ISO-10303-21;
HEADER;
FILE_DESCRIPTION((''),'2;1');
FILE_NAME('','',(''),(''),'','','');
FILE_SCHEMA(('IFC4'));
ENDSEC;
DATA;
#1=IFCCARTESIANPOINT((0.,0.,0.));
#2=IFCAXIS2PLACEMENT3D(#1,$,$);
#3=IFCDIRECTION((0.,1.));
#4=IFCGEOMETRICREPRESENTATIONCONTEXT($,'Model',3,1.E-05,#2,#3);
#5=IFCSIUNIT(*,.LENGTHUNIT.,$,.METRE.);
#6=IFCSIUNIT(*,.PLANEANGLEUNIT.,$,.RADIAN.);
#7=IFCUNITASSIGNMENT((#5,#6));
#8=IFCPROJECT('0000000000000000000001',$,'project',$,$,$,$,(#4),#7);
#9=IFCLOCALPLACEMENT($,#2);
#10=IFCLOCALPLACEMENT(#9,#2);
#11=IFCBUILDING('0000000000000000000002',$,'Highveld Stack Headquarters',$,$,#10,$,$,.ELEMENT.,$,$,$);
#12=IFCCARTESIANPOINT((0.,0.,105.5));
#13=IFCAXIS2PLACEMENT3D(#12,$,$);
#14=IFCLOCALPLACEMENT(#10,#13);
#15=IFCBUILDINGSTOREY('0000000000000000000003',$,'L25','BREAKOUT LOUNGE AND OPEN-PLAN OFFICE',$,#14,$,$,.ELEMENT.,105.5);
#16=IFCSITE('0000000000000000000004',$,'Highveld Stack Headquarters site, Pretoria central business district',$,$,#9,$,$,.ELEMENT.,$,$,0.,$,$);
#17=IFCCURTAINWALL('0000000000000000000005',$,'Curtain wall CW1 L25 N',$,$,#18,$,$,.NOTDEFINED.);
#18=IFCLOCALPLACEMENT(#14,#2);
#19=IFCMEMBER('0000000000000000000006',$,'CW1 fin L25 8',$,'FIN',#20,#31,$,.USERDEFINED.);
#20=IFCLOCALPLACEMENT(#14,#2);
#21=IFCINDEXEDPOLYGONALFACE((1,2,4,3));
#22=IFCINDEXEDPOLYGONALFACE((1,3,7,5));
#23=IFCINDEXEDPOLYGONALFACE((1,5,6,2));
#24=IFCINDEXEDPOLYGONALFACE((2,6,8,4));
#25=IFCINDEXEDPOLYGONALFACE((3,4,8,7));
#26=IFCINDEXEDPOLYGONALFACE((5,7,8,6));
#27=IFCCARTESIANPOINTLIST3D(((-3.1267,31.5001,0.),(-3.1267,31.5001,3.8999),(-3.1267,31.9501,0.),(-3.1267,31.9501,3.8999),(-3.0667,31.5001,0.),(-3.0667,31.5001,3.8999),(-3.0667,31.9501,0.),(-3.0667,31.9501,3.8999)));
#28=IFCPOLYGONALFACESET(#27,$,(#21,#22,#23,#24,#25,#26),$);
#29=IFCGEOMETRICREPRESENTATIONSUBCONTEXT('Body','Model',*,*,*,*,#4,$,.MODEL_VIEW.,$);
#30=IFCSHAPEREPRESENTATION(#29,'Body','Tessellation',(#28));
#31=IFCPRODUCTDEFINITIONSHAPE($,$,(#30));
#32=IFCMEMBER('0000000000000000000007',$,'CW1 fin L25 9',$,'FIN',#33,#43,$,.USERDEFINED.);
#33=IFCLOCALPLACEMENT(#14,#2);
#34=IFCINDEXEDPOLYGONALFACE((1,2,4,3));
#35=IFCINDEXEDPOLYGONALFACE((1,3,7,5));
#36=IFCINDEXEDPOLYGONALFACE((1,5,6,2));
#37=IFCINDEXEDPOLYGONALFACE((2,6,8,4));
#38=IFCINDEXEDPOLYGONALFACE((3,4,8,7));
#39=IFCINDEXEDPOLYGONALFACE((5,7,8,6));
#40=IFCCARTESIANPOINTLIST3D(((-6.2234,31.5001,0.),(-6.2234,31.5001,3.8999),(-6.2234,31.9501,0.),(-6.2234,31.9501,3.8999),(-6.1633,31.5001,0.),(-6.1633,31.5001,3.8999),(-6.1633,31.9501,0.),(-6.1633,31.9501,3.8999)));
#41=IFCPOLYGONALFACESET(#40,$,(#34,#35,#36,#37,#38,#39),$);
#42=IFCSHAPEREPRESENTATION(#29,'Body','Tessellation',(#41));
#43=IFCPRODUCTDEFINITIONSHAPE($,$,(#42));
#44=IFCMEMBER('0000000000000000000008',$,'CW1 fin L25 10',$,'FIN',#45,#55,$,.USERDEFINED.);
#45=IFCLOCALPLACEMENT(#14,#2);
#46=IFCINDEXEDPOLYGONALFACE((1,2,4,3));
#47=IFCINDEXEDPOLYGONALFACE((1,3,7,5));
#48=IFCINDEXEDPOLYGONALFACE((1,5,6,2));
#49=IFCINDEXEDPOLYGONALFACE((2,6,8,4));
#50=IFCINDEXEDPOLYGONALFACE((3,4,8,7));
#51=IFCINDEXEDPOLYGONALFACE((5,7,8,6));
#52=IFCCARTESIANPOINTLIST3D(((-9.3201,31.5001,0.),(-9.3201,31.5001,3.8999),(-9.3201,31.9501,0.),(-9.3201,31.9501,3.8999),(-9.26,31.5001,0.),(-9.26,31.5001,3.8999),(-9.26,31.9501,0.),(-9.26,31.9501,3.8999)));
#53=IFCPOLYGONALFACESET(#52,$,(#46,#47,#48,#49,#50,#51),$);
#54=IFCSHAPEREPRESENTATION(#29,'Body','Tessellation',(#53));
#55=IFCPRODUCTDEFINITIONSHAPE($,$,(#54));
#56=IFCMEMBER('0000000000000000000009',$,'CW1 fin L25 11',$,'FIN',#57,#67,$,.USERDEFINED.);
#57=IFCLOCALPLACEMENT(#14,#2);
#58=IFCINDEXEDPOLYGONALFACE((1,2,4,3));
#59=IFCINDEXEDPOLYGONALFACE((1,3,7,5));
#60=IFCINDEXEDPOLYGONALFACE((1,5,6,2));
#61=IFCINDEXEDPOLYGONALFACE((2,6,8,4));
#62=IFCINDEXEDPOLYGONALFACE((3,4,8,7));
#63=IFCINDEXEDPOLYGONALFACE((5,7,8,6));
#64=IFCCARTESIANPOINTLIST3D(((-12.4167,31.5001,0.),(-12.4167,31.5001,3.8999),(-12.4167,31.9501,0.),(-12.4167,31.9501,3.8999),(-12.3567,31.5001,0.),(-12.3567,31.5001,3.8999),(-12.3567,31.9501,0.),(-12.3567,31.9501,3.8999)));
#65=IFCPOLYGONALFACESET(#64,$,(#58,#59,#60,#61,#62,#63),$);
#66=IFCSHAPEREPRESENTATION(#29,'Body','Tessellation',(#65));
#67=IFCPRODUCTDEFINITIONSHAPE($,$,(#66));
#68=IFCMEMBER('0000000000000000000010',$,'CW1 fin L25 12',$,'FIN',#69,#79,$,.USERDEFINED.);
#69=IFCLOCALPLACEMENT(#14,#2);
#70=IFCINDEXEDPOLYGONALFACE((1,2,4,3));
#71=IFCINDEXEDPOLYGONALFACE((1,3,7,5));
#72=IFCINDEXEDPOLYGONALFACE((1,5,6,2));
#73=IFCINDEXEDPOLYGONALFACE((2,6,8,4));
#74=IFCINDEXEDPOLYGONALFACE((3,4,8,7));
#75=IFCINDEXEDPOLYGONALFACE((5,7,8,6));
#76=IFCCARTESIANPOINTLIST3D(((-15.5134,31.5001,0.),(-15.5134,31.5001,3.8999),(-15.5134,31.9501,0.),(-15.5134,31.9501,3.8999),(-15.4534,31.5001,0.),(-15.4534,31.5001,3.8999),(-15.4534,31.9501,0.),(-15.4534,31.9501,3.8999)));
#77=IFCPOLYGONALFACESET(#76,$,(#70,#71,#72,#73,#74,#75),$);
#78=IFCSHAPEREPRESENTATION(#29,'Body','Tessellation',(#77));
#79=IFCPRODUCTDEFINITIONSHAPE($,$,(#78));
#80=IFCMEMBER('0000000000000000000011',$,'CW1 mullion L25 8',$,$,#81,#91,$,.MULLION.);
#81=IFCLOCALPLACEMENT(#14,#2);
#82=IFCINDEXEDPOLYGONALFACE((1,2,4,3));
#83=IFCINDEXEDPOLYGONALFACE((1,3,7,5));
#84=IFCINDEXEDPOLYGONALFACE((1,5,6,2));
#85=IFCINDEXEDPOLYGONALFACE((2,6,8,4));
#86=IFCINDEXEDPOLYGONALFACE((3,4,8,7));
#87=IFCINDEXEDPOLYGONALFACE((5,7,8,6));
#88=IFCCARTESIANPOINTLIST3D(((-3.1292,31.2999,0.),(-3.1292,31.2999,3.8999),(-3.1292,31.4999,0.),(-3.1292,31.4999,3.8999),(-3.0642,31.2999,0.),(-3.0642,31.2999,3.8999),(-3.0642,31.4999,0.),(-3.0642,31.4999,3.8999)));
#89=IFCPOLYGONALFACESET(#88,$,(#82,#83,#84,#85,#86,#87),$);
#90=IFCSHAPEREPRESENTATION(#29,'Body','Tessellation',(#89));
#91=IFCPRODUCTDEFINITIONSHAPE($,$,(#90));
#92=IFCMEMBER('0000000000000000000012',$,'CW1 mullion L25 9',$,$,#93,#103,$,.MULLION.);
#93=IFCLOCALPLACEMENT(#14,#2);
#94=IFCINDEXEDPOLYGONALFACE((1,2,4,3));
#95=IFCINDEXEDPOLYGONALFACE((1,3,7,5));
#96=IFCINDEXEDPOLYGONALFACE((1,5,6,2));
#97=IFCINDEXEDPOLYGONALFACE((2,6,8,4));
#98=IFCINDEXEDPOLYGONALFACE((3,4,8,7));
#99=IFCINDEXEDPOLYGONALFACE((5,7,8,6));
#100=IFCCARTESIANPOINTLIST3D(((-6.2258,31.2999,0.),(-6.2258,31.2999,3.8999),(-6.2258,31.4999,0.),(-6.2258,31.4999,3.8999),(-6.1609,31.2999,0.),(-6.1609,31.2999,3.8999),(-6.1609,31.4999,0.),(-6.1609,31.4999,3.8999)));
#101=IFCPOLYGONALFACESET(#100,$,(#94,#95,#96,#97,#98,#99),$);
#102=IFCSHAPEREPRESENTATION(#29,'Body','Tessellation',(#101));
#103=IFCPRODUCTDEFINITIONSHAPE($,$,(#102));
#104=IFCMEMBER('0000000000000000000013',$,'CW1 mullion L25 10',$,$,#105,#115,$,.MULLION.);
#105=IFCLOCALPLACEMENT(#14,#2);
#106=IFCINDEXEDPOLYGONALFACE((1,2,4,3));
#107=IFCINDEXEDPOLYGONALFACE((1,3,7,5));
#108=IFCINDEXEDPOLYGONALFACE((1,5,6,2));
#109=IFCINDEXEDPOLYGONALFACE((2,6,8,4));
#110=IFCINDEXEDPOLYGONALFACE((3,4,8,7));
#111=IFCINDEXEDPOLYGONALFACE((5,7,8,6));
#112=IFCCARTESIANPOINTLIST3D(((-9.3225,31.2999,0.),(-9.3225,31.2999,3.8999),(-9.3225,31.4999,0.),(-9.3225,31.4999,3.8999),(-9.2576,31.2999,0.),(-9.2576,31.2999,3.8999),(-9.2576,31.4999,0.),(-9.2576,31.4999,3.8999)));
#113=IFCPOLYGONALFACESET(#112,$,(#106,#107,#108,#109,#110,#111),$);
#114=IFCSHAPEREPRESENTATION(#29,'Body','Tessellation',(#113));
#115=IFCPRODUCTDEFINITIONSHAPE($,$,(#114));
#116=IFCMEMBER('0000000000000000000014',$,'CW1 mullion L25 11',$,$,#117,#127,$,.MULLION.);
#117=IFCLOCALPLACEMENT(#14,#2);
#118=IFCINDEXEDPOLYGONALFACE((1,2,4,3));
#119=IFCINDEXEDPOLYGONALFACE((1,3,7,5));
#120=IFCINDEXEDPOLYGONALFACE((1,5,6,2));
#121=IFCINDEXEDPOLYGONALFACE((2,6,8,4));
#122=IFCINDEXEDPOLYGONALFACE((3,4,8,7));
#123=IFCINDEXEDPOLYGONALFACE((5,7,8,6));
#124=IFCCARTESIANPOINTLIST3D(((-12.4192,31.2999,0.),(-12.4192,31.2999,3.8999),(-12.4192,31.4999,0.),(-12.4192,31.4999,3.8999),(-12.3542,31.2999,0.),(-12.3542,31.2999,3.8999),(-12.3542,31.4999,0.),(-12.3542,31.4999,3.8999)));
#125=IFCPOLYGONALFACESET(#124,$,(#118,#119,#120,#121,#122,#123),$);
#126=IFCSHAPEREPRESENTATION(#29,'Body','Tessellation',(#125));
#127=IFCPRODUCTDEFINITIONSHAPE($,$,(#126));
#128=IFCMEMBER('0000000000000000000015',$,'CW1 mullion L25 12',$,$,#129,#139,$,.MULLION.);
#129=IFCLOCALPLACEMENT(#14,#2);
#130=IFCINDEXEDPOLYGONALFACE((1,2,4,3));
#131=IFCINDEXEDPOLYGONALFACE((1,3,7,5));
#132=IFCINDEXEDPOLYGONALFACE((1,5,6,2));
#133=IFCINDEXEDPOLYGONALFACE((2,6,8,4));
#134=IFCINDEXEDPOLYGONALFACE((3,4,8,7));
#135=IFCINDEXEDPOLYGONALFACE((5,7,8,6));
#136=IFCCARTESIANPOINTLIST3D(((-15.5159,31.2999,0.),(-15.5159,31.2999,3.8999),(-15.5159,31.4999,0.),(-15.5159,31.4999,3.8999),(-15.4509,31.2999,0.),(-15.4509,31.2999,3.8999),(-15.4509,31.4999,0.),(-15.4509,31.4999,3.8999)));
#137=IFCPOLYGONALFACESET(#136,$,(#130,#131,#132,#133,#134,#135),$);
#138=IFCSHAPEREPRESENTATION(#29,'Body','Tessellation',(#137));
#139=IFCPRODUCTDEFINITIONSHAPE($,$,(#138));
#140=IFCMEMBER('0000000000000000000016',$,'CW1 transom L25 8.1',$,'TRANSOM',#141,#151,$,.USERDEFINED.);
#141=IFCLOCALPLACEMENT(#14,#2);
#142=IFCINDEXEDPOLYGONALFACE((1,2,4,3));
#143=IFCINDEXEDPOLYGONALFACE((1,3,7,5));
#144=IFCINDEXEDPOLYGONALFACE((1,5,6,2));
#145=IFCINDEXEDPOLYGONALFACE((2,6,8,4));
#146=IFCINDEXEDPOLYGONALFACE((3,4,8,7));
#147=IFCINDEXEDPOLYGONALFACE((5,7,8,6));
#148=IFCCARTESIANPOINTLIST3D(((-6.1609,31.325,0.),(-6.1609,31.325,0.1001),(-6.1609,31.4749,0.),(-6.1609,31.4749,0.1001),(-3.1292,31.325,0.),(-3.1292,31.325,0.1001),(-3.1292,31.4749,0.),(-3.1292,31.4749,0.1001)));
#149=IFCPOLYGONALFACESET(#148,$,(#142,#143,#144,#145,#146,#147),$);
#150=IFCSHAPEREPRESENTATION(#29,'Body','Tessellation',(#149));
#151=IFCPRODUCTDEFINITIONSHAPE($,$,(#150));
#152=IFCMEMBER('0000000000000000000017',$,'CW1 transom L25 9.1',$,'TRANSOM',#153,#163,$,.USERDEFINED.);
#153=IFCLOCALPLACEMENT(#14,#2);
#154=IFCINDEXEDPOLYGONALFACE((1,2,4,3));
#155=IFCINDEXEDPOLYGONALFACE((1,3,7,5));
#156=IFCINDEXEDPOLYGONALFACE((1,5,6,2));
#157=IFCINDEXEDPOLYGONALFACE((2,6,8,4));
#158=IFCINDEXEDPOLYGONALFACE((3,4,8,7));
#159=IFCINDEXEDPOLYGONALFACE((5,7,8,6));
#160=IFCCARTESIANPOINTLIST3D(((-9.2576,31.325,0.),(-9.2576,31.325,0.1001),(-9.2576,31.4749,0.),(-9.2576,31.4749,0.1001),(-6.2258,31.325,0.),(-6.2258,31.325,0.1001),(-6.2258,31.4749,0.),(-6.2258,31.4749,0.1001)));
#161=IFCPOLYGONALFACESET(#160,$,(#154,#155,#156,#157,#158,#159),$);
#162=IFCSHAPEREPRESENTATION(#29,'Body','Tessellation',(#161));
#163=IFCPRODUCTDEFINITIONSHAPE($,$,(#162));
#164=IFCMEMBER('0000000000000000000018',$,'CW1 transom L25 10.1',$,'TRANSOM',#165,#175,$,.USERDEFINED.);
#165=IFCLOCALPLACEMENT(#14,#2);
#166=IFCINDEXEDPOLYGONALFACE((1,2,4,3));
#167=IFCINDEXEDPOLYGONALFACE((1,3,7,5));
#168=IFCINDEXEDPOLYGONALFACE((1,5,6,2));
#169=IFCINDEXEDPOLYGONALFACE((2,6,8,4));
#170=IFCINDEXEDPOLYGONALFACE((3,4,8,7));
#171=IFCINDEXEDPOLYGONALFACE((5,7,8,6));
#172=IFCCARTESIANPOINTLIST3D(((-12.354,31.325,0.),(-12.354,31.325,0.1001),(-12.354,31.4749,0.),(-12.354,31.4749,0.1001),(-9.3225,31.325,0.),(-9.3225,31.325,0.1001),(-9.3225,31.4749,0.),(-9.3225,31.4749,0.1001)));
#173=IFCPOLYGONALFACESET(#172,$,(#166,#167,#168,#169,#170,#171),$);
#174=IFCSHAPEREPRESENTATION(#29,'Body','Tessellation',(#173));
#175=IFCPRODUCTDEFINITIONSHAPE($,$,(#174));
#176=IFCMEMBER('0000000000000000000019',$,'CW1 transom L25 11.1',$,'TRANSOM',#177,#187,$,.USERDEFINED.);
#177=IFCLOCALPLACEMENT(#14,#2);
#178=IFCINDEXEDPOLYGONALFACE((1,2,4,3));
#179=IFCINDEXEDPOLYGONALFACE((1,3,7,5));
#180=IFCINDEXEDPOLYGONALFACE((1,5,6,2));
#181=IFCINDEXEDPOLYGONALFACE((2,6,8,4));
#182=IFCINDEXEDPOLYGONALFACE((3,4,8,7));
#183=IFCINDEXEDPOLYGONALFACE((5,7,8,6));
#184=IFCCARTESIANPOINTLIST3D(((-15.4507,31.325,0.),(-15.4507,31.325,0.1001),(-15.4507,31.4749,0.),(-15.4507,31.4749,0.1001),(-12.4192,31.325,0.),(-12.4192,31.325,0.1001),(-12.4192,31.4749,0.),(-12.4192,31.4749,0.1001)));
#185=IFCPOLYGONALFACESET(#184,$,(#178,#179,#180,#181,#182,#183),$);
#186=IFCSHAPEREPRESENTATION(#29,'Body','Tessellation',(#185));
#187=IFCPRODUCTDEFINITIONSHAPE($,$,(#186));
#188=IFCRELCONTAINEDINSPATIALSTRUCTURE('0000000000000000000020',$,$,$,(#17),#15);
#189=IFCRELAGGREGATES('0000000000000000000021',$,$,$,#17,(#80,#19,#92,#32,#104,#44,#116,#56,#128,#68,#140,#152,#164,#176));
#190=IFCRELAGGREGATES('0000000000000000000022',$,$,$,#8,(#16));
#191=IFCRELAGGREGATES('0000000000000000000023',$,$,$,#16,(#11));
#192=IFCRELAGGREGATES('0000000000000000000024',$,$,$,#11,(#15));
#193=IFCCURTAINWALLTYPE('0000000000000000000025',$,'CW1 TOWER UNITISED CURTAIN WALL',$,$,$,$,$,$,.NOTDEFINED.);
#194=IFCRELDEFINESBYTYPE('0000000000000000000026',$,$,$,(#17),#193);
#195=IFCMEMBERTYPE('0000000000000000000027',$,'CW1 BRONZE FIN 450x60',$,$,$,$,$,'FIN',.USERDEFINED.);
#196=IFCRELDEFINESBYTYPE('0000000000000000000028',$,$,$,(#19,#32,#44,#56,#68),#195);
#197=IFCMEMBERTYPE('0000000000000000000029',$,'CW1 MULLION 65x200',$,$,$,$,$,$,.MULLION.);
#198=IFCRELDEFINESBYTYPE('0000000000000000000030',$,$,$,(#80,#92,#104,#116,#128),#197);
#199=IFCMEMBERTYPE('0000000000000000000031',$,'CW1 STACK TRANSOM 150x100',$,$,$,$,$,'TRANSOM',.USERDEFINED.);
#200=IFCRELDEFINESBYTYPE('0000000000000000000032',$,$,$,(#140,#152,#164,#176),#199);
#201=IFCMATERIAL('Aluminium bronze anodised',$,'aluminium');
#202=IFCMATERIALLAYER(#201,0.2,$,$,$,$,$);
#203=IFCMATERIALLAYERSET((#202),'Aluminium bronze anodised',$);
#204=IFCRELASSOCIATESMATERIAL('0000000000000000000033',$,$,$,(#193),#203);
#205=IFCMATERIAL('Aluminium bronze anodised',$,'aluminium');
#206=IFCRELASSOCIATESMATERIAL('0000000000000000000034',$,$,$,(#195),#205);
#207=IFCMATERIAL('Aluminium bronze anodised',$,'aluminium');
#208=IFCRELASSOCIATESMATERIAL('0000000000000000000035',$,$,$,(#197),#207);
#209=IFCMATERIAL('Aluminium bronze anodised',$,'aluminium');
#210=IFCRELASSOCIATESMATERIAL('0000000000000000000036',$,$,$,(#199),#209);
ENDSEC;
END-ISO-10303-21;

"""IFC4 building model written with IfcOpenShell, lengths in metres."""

from ifc_helpers import new_model, si_unit, direction, frame, origin, origin_2d, place, context, subcontext, project, spatial, rectangle, extrude, material, layer, layer_set, material_profile, profile_set, type_object, element, aggregate, save


model = new_model("IFC4")

# Units and contexts
model_context = context("Model", 3, precision=1e-05, world=origin(), true_north=direction((0.0, 1.0)))
body_context = subcontext(model_context, "Body", "Model", "MODEL_VIEW")
ifc_project = project(units=[si_unit("LENGTHUNIT", "METRE"), si_unit("PLANEANGLEUNIT", "RADIAN")], contexts=[model_context])

# Site, building, storey
site_placement = place(None, origin())
site = spatial("IfcSite", under=ifc_project, at=site_placement, Name="Highveld Stack Headquarters site, Pretoria central business district", CompositionType="ELEMENT", RefElevation=0.0)
building_placement = place(site_placement, origin())
building = spatial("IfcBuilding", under=site, at=building_placement, Name="Highveld Stack Headquarters", CompositionType="ELEMENT")
storey_placement = place(building_placement, frame((0.0, 0.0, 105.5)))
storey = spatial("IfcBuildingStorey", under=building, at=storey_placement, Name="L25", Description="BREAKOUT LOUNGE AND OPEN-PLAN OFFICE", CompositionType="ELEMENT", Elevation=105.5)

# Curtain wall, members
ifc_material_1 = material(Name="Aluminium bronze anodised", Category="aluminium")
ifc_layer_1 = layer(ifc_material_1, 0.2)
ifc_layer_set_1 = layer_set([ifc_layer_1], Name="Aluminium bronze anodised")
curtain_wall_type = type_object("IfcCurtainWallType", Name="CW1 TOWER UNITISED CURTAIN WALL", PredefinedType="NOTDEFINED", material=ifc_layer_set_1)
curtain_wall_placement = place(storey_placement, origin())
curtain_wall = element("IfcCurtainWall", 1, at=curtain_wall_placement, inside=storey, type_object=curtain_wall_type, Name="Curtain wall CW1 L25 N", PredefinedType="NOTDEFINED")
ifc_material_2 = material(Name="Aluminium bronze anodised", Category="aluminium")
ifc_material_profile_1 = material_profile(ifc_material_2, rectangle(XDim=0.45, YDim=0.0601, at=origin_2d()), Name="FIN 450x60")
ifc_profile_set_1 = profile_set([ifc_material_profile_1], Name="Aluminium bronze anodised")
member_type_1 = type_object("IfcMemberType", Name="CW1 BRONZE FIN 450x60", ElementType="FIN", PredefinedType="USERDEFINED", material=ifc_profile_set_1)
member_1_placement = place(storey_placement, frame((-3.0967, 31.7251, 0.0), z_axis=(0.0, 0.0, 1.0), x_axis=(0.0, -1.0, 0.0)))
member_1 = element("IfcMember", 2, at=member_1_placement, type_object=member_type_1, Name="CW1 fin L25 8", ObjectType="FIN", PredefinedType="USERDEFINED", context=body_context, shape_type="SweptSolid", body=[
    extrude(rectangle(XDim=0.45, YDim=0.0601, at=origin_2d()), origin(), (0.0, 0.0, 1.0), 3.8999),
])
member_2_placement = place(storey_placement, frame((-6.1934, 31.7251, 0.0), z_axis=(0.0, 0.0, 1.0), x_axis=(0.0, -1.0, 0.0)))
member_2 = element("IfcMember", 3, at=member_2_placement, type_object=member_type_1, Name="CW1 fin L25 9", ObjectType="FIN", PredefinedType="USERDEFINED", context=body_context, shape_type="SweptSolid", body=[
    extrude(rectangle(XDim=0.45, YDim=0.0601, at=origin_2d()), origin(), (0.0, 0.0, 1.0), 3.8999),
])
member_3_placement = place(storey_placement, frame((-9.29, 31.7251, 0.0), z_axis=(0.0, 0.0, 1.0), x_axis=(0.0, -1.0, 0.0)))
member_3 = element("IfcMember", 4, at=member_3_placement, type_object=member_type_1, Name="CW1 fin L25 10", ObjectType="FIN", PredefinedType="USERDEFINED", context=body_context, shape_type="SweptSolid", body=[
    extrude(rectangle(XDim=0.45, YDim=0.0601, at=origin_2d()), origin(), (0.0, 0.0, 1.0), 3.8999),
])
member_4_placement = place(storey_placement, frame((-12.3867, 31.7251, 0.0), z_axis=(0.0, 0.0, 1.0), x_axis=(0.0, -1.0, 0.0)))
member_4 = element("IfcMember", 5, at=member_4_placement, type_object=member_type_1, Name="CW1 fin L25 11", ObjectType="FIN", PredefinedType="USERDEFINED", context=body_context, shape_type="SweptSolid", body=[
    extrude(rectangle(XDim=0.45, YDim=0.0601, at=origin_2d()), origin(), (0.0, 0.0, 1.0), 3.8999),
])
member_5_placement = place(storey_placement, frame((-15.4834, 31.7251, 0.0), z_axis=(0.0, 0.0, 1.0), x_axis=(0.0, -1.0, 0.0)))
member_5 = element("IfcMember", 6, at=member_5_placement, type_object=member_type_1, Name="CW1 fin L25 12", ObjectType="FIN", PredefinedType="USERDEFINED", context=body_context, shape_type="SweptSolid", body=[
    extrude(rectangle(XDim=0.45, YDim=0.0601, at=origin_2d()), origin(), (0.0, 0.0, 1.0), 3.8999),
])
ifc_material_3 = material(Name="Aluminium bronze anodised", Category="aluminium")
ifc_material_profile_2 = material_profile(ifc_material_3, rectangle(XDim=0.2, YDim=0.0649, at=origin_2d()), Name="CW1 MULLION 65x200")
ifc_profile_set_2 = profile_set([ifc_material_profile_2], Name="Aluminium bronze anodised")
member_type_2 = type_object("IfcMemberType", Name="CW1 MULLION 65x200", PredefinedType="MULLION", material=ifc_profile_set_2)
member_6_placement = place(storey_placement, frame((-3.0967, 31.3999, 0.0), z_axis=(0.0, 0.0, 1.0), x_axis=(0.0, -1.0, 0.0)))
member_6 = element("IfcMember", 7, at=member_6_placement, type_object=member_type_2, Name="CW1 mullion L25 8", PredefinedType="MULLION", context=body_context, shape_type="SweptSolid", body=[
    extrude(rectangle(XDim=0.2, YDim=0.0649, at=origin_2d()), origin(), (0.0, 0.0, 1.0), 3.8999),
])
member_7_placement = place(storey_placement, frame((-6.1934, 31.3999, 0.0), z_axis=(0.0, 0.0, 1.0), x_axis=(0.0, -1.0, 0.0)))
member_7 = element("IfcMember", 8, at=member_7_placement, type_object=member_type_2, Name="CW1 mullion L25 9", PredefinedType="MULLION", context=body_context, shape_type="SweptSolid", body=[
    extrude(rectangle(XDim=0.2, YDim=0.0649, at=origin_2d()), origin(), (0.0, 0.0, 1.0), 3.8999),
])
member_8_placement = place(storey_placement, frame((-9.29, 31.3999, 0.0), z_axis=(0.0, 0.0, 1.0), x_axis=(0.0, -1.0, 0.0)))
member_8 = element("IfcMember", 9, at=member_8_placement, type_object=member_type_2, Name="CW1 mullion L25 10", PredefinedType="MULLION", context=body_context, shape_type="SweptSolid", body=[
    extrude(rectangle(XDim=0.2, YDim=0.0649, at=origin_2d()), origin(), (0.0, 0.0, 1.0), 3.8999),
])
member_9_placement = place(storey_placement, frame((-12.3867, 31.3999, 0.0), z_axis=(0.0, 0.0, 1.0), x_axis=(0.0, -1.0, 0.0)))
member_9 = element("IfcMember", 10, at=member_9_placement, type_object=member_type_2, Name="CW1 mullion L25 11", PredefinedType="MULLION", context=body_context, shape_type="SweptSolid", body=[
    extrude(rectangle(XDim=0.2, YDim=0.0649, at=origin_2d()), origin(), (0.0, 0.0, 1.0), 3.8999),
])
member_10_placement = place(storey_placement, frame((-15.4834, 31.3999, 0.0), z_axis=(0.0, 0.0, 1.0), x_axis=(0.0, -1.0, 0.0)))
member_10 = element("IfcMember", 11, at=member_10_placement, type_object=member_type_2, Name="CW1 mullion L25 12", PredefinedType="MULLION", context=body_context, shape_type="SweptSolid", body=[
    extrude(rectangle(XDim=0.2, YDim=0.0649, at=origin_2d()), origin(), (0.0, 0.0, 1.0), 3.8999),
])
ifc_material_4 = material(Name="Aluminium bronze anodised", Category="aluminium")
ifc_material_profile_3 = material_profile(ifc_material_4, rectangle(XDim=0.1499, YDim=0.1001, at=origin_2d()), Name="CW1 TRANSOM 150x100")
ifc_profile_set_3 = profile_set([ifc_material_profile_3], Name="Aluminium bronze anodised")
member_type_3 = type_object("IfcMemberType", Name="CW1 STACK TRANSOM 150x100", ElementType="TRANSOM", PredefinedType="USERDEFINED", material=ifc_profile_set_3)
member_11_placement = place(storey_placement, frame((-3.1292, 31.3999, 0.05), z_axis=(-1.0, 0.0, 0.0), x_axis=(0.0, -1.0, 0.0)))
member_11 = element("IfcMember", 12, at=member_11_placement, type_object=member_type_3, Name="CW1 transom L25 8.1", ObjectType="TRANSOM", PredefinedType="USERDEFINED", context=body_context, shape_type="SweptSolid", body=[
    extrude(rectangle(XDim=0.1499, YDim=0.1001, at=origin_2d()), origin(), (0.0, 0.0, 1.0), 3.0317),
])
member_12_placement = place(storey_placement, frame((-6.2258, 31.3999, 0.05), z_axis=(-1.0, 0.0, 0.0), x_axis=(0.0, -1.0, 0.0)))
member_12 = element("IfcMember", 13, at=member_12_placement, type_object=member_type_3, Name="CW1 transom L25 9.1", ObjectType="TRANSOM", PredefinedType="USERDEFINED", context=body_context, shape_type="SweptSolid", body=[
    extrude(rectangle(XDim=0.1499, YDim=0.1001, at=origin_2d()), origin(), (0.0, 0.0, 1.0), 3.0317),
])
member_13_placement = place(storey_placement, frame((-9.3225, 31.3999, 0.05), z_axis=(-1.0, 0.0, 0.0), x_axis=(0.0, -1.0, 0.0)))
member_13 = element("IfcMember", 14, at=member_13_placement, type_object=member_type_3, Name="CW1 transom L25 10.1", ObjectType="TRANSOM", PredefinedType="USERDEFINED", context=body_context, shape_type="SweptSolid", body=[
    extrude(rectangle(XDim=0.1499, YDim=0.1001, at=origin_2d()), origin(), (0.0, 0.0, 1.0), 3.0315),
])
member_14_placement = place(storey_placement, frame((-12.4192, 31.3999, 0.05), z_axis=(-1.0, 0.0, 0.0), x_axis=(0.0, -1.0, 0.0)))
member_14 = element("IfcMember", 15, at=member_14_placement, type_object=member_type_3, Name="CW1 transom L25 11.1", ObjectType="TRANSOM", PredefinedType="USERDEFINED", context=body_context, shape_type="SweptSolid", body=[
    extrude(rectangle(XDim=0.1499, YDim=0.1001, at=origin_2d()), origin(), (0.0, 0.0, 1.0), 3.0315),
])

aggregate(curtain_wall, [member_6, member_1, member_7, member_2, member_8, member_3, member_9, member_4, member_10, member_5, member_11, member_12, member_13, member_14])

save(model, "model.ifc")
